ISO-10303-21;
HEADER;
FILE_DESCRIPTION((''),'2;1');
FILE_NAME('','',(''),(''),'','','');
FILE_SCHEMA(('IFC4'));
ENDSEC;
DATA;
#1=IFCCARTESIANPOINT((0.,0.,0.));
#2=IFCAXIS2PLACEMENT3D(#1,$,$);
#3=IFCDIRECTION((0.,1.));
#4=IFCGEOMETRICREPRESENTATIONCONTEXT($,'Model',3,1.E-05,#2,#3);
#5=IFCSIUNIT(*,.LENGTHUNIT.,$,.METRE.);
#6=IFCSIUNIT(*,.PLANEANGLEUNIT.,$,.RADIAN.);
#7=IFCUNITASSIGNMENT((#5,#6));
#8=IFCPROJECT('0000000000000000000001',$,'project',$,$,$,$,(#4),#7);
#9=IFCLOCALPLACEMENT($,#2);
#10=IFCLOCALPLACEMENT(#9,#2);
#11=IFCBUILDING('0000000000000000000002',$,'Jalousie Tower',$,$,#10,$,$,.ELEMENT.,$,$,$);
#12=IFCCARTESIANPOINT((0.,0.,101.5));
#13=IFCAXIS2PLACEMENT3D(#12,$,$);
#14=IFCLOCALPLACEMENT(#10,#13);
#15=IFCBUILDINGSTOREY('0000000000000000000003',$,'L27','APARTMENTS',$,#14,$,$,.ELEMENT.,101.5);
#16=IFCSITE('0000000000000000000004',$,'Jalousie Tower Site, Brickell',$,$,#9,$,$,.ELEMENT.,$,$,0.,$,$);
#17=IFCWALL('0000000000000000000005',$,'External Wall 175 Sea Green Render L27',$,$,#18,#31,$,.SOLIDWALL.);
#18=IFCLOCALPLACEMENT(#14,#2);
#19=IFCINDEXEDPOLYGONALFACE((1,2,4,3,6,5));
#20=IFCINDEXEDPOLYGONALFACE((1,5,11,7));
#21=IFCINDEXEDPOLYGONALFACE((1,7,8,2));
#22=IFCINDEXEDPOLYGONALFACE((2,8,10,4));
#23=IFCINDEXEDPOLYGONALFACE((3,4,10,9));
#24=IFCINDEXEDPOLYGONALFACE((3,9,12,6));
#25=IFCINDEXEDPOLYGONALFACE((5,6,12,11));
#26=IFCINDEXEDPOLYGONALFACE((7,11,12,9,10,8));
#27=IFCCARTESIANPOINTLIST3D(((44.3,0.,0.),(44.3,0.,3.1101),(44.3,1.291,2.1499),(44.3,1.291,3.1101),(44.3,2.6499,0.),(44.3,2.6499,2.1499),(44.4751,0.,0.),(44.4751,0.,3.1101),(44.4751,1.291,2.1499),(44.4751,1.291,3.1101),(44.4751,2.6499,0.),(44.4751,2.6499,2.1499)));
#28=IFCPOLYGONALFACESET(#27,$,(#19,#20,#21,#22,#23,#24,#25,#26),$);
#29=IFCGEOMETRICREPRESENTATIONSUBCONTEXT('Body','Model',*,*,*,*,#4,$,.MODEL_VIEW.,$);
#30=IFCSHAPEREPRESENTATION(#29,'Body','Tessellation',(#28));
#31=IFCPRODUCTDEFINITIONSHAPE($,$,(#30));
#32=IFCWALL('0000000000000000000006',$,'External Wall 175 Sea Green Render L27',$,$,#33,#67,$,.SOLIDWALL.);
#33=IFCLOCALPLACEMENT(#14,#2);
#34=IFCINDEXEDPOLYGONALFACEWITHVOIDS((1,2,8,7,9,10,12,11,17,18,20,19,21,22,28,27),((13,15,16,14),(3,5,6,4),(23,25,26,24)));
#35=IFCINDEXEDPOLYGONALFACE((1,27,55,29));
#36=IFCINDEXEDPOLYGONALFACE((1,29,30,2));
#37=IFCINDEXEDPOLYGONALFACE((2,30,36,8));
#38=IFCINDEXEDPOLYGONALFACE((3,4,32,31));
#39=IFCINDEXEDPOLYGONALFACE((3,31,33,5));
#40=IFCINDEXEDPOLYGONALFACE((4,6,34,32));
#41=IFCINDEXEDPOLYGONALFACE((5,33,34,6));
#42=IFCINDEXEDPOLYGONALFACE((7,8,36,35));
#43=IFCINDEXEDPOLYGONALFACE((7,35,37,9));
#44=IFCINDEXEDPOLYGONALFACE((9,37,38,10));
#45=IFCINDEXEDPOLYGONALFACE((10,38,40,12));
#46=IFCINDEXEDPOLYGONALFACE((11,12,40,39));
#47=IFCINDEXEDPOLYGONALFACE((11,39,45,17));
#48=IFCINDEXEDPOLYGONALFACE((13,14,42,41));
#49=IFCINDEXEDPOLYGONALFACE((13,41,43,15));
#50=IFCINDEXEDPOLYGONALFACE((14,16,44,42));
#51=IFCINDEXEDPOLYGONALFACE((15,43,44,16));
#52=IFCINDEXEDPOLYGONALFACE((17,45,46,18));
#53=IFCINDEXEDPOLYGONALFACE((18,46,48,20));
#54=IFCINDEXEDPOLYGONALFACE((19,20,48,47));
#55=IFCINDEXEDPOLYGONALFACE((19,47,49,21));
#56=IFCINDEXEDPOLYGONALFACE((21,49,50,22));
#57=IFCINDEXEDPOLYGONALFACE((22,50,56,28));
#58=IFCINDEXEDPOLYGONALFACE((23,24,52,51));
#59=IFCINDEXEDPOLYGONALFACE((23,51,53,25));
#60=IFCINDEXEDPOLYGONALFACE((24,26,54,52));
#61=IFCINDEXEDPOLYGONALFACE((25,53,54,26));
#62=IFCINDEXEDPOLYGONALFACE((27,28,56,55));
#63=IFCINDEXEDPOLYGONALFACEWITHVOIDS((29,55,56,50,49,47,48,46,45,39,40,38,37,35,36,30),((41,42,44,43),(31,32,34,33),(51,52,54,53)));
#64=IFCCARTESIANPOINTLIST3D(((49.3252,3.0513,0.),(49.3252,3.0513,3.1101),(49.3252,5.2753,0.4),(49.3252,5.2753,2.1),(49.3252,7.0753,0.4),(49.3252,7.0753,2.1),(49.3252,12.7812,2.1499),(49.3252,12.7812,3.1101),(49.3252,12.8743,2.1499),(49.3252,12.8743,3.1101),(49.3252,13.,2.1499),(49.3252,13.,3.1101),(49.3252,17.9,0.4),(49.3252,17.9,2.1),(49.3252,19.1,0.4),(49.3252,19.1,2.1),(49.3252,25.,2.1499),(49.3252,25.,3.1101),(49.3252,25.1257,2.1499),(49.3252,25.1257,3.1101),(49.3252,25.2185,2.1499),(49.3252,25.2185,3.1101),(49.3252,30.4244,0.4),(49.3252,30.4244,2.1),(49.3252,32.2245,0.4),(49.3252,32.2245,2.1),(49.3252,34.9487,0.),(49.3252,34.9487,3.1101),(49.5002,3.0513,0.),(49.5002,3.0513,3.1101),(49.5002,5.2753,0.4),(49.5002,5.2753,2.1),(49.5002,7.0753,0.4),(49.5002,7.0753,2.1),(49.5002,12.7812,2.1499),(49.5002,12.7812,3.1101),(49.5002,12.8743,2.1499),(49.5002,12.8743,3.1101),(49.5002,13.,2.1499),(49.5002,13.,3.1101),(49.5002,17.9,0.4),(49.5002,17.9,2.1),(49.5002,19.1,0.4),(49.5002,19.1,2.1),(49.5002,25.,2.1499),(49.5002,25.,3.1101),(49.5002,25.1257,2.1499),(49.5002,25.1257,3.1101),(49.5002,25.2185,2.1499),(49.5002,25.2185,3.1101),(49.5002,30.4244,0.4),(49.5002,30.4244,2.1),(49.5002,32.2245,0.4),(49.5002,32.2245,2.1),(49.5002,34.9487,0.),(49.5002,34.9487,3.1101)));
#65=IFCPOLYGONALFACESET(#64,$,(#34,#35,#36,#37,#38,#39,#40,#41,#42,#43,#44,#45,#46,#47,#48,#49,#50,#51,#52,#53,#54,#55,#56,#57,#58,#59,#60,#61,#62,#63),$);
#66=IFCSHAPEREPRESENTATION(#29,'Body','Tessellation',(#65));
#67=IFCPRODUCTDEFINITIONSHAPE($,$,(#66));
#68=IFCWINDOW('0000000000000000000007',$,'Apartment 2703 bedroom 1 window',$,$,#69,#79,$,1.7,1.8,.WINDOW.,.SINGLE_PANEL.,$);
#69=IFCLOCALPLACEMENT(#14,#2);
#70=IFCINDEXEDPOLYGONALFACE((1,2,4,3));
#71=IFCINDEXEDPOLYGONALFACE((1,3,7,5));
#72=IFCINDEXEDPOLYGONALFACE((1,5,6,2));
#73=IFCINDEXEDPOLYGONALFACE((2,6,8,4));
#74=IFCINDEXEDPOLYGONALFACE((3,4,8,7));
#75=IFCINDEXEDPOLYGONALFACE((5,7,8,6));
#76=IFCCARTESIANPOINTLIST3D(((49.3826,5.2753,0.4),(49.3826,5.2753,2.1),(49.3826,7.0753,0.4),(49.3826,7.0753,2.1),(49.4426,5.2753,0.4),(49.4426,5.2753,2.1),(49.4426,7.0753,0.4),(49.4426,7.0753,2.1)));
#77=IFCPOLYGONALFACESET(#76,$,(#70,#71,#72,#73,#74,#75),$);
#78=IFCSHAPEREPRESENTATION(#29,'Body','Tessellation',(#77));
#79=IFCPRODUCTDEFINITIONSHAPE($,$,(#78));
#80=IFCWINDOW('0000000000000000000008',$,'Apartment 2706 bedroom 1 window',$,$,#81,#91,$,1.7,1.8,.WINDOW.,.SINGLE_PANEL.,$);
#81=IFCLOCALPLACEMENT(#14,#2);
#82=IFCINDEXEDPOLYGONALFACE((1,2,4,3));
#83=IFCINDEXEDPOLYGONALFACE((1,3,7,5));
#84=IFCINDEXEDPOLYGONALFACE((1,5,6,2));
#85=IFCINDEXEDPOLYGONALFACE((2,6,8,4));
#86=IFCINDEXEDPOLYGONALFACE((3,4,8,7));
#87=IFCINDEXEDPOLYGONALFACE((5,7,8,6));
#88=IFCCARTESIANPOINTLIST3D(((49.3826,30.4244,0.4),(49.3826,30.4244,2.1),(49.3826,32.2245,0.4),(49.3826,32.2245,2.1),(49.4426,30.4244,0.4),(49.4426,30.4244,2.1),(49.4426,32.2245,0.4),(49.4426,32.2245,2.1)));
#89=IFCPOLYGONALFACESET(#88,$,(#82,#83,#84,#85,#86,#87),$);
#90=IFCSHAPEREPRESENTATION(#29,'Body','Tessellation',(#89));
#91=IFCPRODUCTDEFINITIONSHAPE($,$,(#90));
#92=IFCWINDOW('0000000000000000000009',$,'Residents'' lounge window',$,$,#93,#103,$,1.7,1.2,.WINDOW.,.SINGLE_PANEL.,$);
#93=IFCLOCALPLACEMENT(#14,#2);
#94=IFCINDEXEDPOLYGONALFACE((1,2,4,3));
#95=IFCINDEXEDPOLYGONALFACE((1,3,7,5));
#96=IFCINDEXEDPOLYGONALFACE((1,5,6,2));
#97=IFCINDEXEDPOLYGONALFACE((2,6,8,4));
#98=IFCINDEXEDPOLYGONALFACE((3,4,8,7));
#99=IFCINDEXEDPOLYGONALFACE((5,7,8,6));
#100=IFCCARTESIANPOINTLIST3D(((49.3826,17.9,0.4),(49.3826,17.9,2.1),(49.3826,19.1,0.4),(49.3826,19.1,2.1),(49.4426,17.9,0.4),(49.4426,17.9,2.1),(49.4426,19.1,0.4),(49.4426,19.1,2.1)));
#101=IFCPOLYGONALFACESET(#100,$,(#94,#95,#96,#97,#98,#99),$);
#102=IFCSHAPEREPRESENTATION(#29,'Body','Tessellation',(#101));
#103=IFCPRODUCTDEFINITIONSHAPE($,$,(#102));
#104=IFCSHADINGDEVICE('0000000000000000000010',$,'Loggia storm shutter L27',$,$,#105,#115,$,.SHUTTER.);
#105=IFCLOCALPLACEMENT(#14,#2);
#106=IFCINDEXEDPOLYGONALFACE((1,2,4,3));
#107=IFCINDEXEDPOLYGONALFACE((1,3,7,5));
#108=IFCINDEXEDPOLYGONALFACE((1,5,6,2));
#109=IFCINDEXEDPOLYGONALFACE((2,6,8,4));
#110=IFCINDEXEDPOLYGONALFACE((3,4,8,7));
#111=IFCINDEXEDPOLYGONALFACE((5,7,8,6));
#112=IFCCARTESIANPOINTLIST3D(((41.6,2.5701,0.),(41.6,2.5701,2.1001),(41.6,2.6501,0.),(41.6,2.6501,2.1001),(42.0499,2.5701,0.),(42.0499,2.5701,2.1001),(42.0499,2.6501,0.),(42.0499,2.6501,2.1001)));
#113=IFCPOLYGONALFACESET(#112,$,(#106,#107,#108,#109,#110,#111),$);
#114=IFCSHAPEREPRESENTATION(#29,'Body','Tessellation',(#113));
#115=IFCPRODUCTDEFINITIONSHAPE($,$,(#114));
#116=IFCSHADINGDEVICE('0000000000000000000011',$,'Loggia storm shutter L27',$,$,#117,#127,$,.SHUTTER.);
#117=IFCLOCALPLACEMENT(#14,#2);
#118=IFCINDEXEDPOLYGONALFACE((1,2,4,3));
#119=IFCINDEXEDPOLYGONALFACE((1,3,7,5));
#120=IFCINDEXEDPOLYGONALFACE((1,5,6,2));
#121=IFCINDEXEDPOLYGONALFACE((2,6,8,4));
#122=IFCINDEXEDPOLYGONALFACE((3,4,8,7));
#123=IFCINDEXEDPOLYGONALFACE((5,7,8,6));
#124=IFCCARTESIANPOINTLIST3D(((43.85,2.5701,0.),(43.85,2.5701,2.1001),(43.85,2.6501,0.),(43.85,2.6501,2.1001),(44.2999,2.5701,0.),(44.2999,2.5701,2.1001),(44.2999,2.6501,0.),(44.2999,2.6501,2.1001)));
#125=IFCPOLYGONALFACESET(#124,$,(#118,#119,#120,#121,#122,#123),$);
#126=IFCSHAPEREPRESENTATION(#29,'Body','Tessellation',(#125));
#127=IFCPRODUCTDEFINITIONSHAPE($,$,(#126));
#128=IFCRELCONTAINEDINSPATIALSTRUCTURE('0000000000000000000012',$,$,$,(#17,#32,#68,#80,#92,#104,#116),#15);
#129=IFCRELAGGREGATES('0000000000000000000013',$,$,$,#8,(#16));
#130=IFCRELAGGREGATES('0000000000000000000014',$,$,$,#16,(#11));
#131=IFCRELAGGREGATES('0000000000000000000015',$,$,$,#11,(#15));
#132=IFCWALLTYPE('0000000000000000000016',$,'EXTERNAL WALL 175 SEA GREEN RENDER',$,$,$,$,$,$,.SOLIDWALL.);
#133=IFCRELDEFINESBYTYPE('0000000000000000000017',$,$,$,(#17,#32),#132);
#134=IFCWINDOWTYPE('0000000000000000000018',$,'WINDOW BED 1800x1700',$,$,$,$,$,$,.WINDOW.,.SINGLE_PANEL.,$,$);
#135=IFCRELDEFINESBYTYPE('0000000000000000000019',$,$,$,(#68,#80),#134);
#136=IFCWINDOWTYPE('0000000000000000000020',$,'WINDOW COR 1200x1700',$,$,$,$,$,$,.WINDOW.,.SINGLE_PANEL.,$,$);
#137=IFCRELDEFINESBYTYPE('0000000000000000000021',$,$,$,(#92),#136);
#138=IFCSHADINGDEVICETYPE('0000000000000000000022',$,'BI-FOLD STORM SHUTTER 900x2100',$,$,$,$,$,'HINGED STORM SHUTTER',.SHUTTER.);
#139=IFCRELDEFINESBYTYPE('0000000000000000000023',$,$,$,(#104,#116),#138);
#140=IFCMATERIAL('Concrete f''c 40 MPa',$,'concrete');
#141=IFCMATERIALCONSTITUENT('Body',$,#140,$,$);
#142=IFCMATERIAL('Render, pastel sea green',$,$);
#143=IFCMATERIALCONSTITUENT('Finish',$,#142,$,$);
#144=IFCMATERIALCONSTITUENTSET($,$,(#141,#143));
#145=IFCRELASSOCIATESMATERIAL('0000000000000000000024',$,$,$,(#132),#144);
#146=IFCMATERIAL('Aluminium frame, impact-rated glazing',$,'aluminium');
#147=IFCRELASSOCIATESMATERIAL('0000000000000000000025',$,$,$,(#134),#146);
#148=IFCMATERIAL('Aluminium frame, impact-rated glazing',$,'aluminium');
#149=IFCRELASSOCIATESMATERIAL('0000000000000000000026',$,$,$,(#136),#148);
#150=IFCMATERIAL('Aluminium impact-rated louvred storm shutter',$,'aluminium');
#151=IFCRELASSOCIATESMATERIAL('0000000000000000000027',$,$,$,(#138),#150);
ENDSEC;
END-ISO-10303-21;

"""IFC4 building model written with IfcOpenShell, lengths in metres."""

from ifc_helpers import new_model, si_unit, direction, frame, frame_2d, origin, origin_2d, place, context, subcontext, project, spatial, polyline, rectangle, outline, extrude, material, constituent, constituent_set, type_object, element, fill, save


model = new_model("IFC4")

# Units and contexts
model_context = context("Model", 3, precision=1e-05, world=origin(), true_north=direction((0.0, 1.0)))
body_context = subcontext(model_context, "Body", "Model", "MODEL_VIEW")
ifc_project = project(units=[si_unit("LENGTHUNIT", "METRE"), si_unit("PLANEANGLEUNIT", "RADIAN")], contexts=[model_context])

# Site, building, storey
site_placement = place(None, origin())
site = spatial("IfcSite", under=ifc_project, at=site_placement, Name="Jalousie Tower Site, Brickell", CompositionType="ELEMENT", RefElevation=0.0)
building_placement = place(site_placement, origin())
building = spatial("IfcBuilding", under=site, at=building_placement, Name="Jalousie Tower", CompositionType="ELEMENT")
storey_placement = place(building_placement, frame((0.0, 0.0, 101.5)))
storey = spatial("IfcBuildingStorey", under=building, at=storey_placement, Name="L27", Description="APARTMENTS", CompositionType="ELEMENT", Elevation=101.5)

# Shared definitions
ifc_material_1 = material(Name="Concrete f'c 40 MPa", Category="concrete")
ifc_constituent_1 = constituent(ifc_material_1, Name="Body")
ifc_material_2 = material(Name="Render, pastel sea green")
ifc_constituent_2 = constituent(ifc_material_2, Name="Finish")
ifc_constituent_set = constituent_set(constituents=[ifc_constituent_1, ifc_constituent_2])
wall_type = type_object("IfcWallType", Name="EXTERNAL WALL 175 SEA GREEN RENDER", PredefinedType="SOLIDWALL", material=ifc_constituent_set)

# Wall
wall_1_placement = place(storey_placement, frame((44.3875, 0.0, 0.0), z_axis=(0.0, 0.0, 1.0), x_axis=(0.0, 1.0, 0.0)))
element("IfcWall", 1, at=wall_1_placement, inside=storey, type_object=wall_type, Name="External Wall 175 Sea Green Render L27", PredefinedType="SOLIDWALL", context=body_context, shape_type="SweptSolid", body=[
    extrude(outline(polyline([(0.0, 0.0), (2.6499, 0.0), (2.6499, 2.1499), (1.291, 2.1499), (1.291, 3.1101), (0.0, 3.1101), (0.0, 0.0)])), frame((0.0, 0.0874, 0.0), z_axis=(0.0, -1.0, 0.0), x_axis=(1.0, 0.0, 0.0)), (0.0, 0.0, 1.0), 0.175),
])

# Wall, openings, windows
wall_2_placement = place(storey_placement, frame((49.4126, 3.0513, 0.0), z_axis=(0.0, 0.0, 1.0), x_axis=(0.0, 1.0, 0.0)))
wall_2 = element("IfcWall", 2, at=wall_2_placement, inside=storey, type_object=wall_type, Name="External Wall 175 Sea Green Render L27", PredefinedType="SOLIDWALL", context=body_context, shape_type="SweptSolid", body=[
    extrude(outline(polyline([(0.0, 0.0), (31.8975, 0.0), (31.8975, 3.1101), (22.1672, 3.1101), (22.1672, 2.1499), (22.0745, 2.1499), (22.0745, 3.1101), (21.9487, 3.1101), (21.9487, 2.1499), (9.9487, 2.1499), (9.9487, 3.1101), (9.823, 3.1101), (9.823, 2.1499), (9.73, 2.1499), (9.73, 3.1101), (0.0, 3.1101), (0.0, 0.0)])), frame((0.0, 0.0874, 0.0), z_axis=(0.0, -1.0, 0.0), x_axis=(1.0, 0.0, 0.0)), (0.0, 0.0, 1.0), 0.175),
])
opening_1_placement = place(wall_2_placement, frame((2.2241, 0.0, 0.3999)))
opening_1 = element("IfcOpeningElement", 3, at=opening_1_placement, cuts=wall_2, PredefinedType="OPENING", context=body_context, shape_type="SweptSolid", body=[
    extrude(rectangle(XDim=1.8, YDim=1.7, at=frame_2d((0.8999, 0.8501))), frame((0.0, 0.0974, 0.0), z_axis=(0.0, -1.0, 0.0), x_axis=(1.0, 0.0, 0.0)), (0.0, 0.0, 1.0), 0.1951),
])
opening_2_placement = place(wall_2_placement, frame((14.8486, 0.0, 0.3999)))
opening_2 = element("IfcOpeningElement", 4, at=opening_2_placement, cuts=wall_2, PredefinedType="OPENING", context=body_context, shape_type="SweptSolid", body=[
    extrude(rectangle(XDim=1.2, YDim=1.7, at=frame_2d((0.6001, 0.8501))), frame((0.0, 0.0974, 0.0), z_axis=(0.0, -1.0, 0.0), x_axis=(1.0, 0.0, 0.0)), (0.0, 0.0, 1.0), 0.1951),
])
opening_3_placement = place(wall_2_placement, frame((27.3733, 0.0, 0.3999)))
opening_3 = element("IfcOpeningElement", 5, at=opening_3_placement, cuts=wall_2, PredefinedType="OPENING", context=body_context, shape_type="SweptSolid", body=[
    extrude(rectangle(XDim=1.8, YDim=1.7, at=frame_2d((0.8999, 0.8501))), frame((0.0, 0.0974, 0.0), z_axis=(0.0, -1.0, 0.0), x_axis=(1.0, 0.0, 0.0)), (0.0, 0.0, 1.0), 0.1951),
])
ifc_material_3 = material(Name="Aluminium frame, impact-rated glazing", Category="aluminium")
window_type_1 = type_object("IfcWindowType", Name="WINDOW BED 1800x1700", PartitioningType="SINGLE_PANEL", PredefinedType="WINDOW", material=ifc_material_3)
window_1_placement = place(opening_1_placement, origin())
window_1 = element("IfcWindow", 6, at=window_1_placement, inside=storey, type_object=window_type_1, Name="Apartment 2703 bedroom 1 window", OverallHeight=1.7, OverallWidth=1.8, PartitioningType="SINGLE_PANEL", PredefinedType="WINDOW", context=body_context, shape_type="SweptSolid", body=[
    extrude(rectangle(XDim=1.8, YDim=1.7, at=frame_2d((0.8999, 0.8501))), frame((0.0, 0.03, 0.0), z_axis=(0.0, -1.0, 0.0), x_axis=(1.0, 0.0, 0.0)), (0.0, 0.0, 1.0), 0.0601),
])
fill(opening_1, window_1)
window_2_placement = place(opening_3_placement, origin())
window_2 = element("IfcWindow", 7, at=window_2_placement, inside=storey, type_object=window_type_1, Name="Apartment 2706 bedroom 1 window", OverallHeight=1.7, OverallWidth=1.8, PartitioningType="SINGLE_PANEL", PredefinedType="WINDOW", context=body_context, shape_type="SweptSolid", body=[
    extrude(rectangle(XDim=1.8, YDim=1.7, at=frame_2d((0.8999, 0.8501))), frame((0.0, 0.03, 0.0), z_axis=(0.0, -1.0, 0.0), x_axis=(1.0, 0.0, 0.0)), (0.0, 0.0, 1.0), 0.0601),
])
fill(opening_3, window_2)
ifc_material_4 = material(Name="Aluminium frame, impact-rated glazing", Category="aluminium")
window_type_2 = type_object("IfcWindowType", Name="WINDOW COR 1200x1700", PartitioningType="SINGLE_PANEL", PredefinedType="WINDOW", material=ifc_material_4)
window_3_placement = place(opening_2_placement, origin())
window_3 = element("IfcWindow", 8, at=window_3_placement, inside=storey, type_object=window_type_2, Name="Residents' lounge window", OverallHeight=1.7, OverallWidth=1.2, PartitioningType="SINGLE_PANEL", PredefinedType="WINDOW", context=body_context, shape_type="SweptSolid", body=[
    extrude(rectangle(XDim=1.2, YDim=1.7, at=frame_2d((0.6001, 0.8501))), frame((0.0, 0.03, 0.0), z_axis=(0.0, -1.0, 0.0), x_axis=(1.0, 0.0, 0.0)), (0.0, 0.0, 1.0), 0.0601),
])
fill(opening_2, window_3)

# Shading devices
ifc_material_5 = material(Name="Aluminium impact-rated louvred storm shutter", Category="aluminium")
shading_device_type_1 = type_object("IfcShadingDeviceType", Name="BI-FOLD STORM SHUTTER 900x2100", ElementType="HINGED STORM SHUTTER", PredefinedType="SHUTTER", material=ifc_material_5)
for number, where, z_axis, x_axis, name in (
    (9, (41.825, 2.6101, 0.0), (0.0, 0.0, 1.0), (1.0, 0.0, 0.0), "Loggia storm shutter L27"),
    (10, (44.075, 2.6101, 0.0), (0.0, 0.0, 1.0), (1.0, 0.0, 0.0), "Loggia storm shutter L27"),
):
    element("IfcShadingDevice", number, at=place(storey_placement, frame(where, z_axis=z_axis, x_axis=x_axis)), inside=storey, type_object=shading_device_type_1, Name=name, PredefinedType="SHUTTER", context=body_context, shape_type="SweptSolid", body=[
        extrude(rectangle(XDim=0.45, YDim=0.0801, at=origin_2d()), origin(), (0.0, 0.0, 1.0), 2.1001),
    ])

save(model, "model.ifc")
